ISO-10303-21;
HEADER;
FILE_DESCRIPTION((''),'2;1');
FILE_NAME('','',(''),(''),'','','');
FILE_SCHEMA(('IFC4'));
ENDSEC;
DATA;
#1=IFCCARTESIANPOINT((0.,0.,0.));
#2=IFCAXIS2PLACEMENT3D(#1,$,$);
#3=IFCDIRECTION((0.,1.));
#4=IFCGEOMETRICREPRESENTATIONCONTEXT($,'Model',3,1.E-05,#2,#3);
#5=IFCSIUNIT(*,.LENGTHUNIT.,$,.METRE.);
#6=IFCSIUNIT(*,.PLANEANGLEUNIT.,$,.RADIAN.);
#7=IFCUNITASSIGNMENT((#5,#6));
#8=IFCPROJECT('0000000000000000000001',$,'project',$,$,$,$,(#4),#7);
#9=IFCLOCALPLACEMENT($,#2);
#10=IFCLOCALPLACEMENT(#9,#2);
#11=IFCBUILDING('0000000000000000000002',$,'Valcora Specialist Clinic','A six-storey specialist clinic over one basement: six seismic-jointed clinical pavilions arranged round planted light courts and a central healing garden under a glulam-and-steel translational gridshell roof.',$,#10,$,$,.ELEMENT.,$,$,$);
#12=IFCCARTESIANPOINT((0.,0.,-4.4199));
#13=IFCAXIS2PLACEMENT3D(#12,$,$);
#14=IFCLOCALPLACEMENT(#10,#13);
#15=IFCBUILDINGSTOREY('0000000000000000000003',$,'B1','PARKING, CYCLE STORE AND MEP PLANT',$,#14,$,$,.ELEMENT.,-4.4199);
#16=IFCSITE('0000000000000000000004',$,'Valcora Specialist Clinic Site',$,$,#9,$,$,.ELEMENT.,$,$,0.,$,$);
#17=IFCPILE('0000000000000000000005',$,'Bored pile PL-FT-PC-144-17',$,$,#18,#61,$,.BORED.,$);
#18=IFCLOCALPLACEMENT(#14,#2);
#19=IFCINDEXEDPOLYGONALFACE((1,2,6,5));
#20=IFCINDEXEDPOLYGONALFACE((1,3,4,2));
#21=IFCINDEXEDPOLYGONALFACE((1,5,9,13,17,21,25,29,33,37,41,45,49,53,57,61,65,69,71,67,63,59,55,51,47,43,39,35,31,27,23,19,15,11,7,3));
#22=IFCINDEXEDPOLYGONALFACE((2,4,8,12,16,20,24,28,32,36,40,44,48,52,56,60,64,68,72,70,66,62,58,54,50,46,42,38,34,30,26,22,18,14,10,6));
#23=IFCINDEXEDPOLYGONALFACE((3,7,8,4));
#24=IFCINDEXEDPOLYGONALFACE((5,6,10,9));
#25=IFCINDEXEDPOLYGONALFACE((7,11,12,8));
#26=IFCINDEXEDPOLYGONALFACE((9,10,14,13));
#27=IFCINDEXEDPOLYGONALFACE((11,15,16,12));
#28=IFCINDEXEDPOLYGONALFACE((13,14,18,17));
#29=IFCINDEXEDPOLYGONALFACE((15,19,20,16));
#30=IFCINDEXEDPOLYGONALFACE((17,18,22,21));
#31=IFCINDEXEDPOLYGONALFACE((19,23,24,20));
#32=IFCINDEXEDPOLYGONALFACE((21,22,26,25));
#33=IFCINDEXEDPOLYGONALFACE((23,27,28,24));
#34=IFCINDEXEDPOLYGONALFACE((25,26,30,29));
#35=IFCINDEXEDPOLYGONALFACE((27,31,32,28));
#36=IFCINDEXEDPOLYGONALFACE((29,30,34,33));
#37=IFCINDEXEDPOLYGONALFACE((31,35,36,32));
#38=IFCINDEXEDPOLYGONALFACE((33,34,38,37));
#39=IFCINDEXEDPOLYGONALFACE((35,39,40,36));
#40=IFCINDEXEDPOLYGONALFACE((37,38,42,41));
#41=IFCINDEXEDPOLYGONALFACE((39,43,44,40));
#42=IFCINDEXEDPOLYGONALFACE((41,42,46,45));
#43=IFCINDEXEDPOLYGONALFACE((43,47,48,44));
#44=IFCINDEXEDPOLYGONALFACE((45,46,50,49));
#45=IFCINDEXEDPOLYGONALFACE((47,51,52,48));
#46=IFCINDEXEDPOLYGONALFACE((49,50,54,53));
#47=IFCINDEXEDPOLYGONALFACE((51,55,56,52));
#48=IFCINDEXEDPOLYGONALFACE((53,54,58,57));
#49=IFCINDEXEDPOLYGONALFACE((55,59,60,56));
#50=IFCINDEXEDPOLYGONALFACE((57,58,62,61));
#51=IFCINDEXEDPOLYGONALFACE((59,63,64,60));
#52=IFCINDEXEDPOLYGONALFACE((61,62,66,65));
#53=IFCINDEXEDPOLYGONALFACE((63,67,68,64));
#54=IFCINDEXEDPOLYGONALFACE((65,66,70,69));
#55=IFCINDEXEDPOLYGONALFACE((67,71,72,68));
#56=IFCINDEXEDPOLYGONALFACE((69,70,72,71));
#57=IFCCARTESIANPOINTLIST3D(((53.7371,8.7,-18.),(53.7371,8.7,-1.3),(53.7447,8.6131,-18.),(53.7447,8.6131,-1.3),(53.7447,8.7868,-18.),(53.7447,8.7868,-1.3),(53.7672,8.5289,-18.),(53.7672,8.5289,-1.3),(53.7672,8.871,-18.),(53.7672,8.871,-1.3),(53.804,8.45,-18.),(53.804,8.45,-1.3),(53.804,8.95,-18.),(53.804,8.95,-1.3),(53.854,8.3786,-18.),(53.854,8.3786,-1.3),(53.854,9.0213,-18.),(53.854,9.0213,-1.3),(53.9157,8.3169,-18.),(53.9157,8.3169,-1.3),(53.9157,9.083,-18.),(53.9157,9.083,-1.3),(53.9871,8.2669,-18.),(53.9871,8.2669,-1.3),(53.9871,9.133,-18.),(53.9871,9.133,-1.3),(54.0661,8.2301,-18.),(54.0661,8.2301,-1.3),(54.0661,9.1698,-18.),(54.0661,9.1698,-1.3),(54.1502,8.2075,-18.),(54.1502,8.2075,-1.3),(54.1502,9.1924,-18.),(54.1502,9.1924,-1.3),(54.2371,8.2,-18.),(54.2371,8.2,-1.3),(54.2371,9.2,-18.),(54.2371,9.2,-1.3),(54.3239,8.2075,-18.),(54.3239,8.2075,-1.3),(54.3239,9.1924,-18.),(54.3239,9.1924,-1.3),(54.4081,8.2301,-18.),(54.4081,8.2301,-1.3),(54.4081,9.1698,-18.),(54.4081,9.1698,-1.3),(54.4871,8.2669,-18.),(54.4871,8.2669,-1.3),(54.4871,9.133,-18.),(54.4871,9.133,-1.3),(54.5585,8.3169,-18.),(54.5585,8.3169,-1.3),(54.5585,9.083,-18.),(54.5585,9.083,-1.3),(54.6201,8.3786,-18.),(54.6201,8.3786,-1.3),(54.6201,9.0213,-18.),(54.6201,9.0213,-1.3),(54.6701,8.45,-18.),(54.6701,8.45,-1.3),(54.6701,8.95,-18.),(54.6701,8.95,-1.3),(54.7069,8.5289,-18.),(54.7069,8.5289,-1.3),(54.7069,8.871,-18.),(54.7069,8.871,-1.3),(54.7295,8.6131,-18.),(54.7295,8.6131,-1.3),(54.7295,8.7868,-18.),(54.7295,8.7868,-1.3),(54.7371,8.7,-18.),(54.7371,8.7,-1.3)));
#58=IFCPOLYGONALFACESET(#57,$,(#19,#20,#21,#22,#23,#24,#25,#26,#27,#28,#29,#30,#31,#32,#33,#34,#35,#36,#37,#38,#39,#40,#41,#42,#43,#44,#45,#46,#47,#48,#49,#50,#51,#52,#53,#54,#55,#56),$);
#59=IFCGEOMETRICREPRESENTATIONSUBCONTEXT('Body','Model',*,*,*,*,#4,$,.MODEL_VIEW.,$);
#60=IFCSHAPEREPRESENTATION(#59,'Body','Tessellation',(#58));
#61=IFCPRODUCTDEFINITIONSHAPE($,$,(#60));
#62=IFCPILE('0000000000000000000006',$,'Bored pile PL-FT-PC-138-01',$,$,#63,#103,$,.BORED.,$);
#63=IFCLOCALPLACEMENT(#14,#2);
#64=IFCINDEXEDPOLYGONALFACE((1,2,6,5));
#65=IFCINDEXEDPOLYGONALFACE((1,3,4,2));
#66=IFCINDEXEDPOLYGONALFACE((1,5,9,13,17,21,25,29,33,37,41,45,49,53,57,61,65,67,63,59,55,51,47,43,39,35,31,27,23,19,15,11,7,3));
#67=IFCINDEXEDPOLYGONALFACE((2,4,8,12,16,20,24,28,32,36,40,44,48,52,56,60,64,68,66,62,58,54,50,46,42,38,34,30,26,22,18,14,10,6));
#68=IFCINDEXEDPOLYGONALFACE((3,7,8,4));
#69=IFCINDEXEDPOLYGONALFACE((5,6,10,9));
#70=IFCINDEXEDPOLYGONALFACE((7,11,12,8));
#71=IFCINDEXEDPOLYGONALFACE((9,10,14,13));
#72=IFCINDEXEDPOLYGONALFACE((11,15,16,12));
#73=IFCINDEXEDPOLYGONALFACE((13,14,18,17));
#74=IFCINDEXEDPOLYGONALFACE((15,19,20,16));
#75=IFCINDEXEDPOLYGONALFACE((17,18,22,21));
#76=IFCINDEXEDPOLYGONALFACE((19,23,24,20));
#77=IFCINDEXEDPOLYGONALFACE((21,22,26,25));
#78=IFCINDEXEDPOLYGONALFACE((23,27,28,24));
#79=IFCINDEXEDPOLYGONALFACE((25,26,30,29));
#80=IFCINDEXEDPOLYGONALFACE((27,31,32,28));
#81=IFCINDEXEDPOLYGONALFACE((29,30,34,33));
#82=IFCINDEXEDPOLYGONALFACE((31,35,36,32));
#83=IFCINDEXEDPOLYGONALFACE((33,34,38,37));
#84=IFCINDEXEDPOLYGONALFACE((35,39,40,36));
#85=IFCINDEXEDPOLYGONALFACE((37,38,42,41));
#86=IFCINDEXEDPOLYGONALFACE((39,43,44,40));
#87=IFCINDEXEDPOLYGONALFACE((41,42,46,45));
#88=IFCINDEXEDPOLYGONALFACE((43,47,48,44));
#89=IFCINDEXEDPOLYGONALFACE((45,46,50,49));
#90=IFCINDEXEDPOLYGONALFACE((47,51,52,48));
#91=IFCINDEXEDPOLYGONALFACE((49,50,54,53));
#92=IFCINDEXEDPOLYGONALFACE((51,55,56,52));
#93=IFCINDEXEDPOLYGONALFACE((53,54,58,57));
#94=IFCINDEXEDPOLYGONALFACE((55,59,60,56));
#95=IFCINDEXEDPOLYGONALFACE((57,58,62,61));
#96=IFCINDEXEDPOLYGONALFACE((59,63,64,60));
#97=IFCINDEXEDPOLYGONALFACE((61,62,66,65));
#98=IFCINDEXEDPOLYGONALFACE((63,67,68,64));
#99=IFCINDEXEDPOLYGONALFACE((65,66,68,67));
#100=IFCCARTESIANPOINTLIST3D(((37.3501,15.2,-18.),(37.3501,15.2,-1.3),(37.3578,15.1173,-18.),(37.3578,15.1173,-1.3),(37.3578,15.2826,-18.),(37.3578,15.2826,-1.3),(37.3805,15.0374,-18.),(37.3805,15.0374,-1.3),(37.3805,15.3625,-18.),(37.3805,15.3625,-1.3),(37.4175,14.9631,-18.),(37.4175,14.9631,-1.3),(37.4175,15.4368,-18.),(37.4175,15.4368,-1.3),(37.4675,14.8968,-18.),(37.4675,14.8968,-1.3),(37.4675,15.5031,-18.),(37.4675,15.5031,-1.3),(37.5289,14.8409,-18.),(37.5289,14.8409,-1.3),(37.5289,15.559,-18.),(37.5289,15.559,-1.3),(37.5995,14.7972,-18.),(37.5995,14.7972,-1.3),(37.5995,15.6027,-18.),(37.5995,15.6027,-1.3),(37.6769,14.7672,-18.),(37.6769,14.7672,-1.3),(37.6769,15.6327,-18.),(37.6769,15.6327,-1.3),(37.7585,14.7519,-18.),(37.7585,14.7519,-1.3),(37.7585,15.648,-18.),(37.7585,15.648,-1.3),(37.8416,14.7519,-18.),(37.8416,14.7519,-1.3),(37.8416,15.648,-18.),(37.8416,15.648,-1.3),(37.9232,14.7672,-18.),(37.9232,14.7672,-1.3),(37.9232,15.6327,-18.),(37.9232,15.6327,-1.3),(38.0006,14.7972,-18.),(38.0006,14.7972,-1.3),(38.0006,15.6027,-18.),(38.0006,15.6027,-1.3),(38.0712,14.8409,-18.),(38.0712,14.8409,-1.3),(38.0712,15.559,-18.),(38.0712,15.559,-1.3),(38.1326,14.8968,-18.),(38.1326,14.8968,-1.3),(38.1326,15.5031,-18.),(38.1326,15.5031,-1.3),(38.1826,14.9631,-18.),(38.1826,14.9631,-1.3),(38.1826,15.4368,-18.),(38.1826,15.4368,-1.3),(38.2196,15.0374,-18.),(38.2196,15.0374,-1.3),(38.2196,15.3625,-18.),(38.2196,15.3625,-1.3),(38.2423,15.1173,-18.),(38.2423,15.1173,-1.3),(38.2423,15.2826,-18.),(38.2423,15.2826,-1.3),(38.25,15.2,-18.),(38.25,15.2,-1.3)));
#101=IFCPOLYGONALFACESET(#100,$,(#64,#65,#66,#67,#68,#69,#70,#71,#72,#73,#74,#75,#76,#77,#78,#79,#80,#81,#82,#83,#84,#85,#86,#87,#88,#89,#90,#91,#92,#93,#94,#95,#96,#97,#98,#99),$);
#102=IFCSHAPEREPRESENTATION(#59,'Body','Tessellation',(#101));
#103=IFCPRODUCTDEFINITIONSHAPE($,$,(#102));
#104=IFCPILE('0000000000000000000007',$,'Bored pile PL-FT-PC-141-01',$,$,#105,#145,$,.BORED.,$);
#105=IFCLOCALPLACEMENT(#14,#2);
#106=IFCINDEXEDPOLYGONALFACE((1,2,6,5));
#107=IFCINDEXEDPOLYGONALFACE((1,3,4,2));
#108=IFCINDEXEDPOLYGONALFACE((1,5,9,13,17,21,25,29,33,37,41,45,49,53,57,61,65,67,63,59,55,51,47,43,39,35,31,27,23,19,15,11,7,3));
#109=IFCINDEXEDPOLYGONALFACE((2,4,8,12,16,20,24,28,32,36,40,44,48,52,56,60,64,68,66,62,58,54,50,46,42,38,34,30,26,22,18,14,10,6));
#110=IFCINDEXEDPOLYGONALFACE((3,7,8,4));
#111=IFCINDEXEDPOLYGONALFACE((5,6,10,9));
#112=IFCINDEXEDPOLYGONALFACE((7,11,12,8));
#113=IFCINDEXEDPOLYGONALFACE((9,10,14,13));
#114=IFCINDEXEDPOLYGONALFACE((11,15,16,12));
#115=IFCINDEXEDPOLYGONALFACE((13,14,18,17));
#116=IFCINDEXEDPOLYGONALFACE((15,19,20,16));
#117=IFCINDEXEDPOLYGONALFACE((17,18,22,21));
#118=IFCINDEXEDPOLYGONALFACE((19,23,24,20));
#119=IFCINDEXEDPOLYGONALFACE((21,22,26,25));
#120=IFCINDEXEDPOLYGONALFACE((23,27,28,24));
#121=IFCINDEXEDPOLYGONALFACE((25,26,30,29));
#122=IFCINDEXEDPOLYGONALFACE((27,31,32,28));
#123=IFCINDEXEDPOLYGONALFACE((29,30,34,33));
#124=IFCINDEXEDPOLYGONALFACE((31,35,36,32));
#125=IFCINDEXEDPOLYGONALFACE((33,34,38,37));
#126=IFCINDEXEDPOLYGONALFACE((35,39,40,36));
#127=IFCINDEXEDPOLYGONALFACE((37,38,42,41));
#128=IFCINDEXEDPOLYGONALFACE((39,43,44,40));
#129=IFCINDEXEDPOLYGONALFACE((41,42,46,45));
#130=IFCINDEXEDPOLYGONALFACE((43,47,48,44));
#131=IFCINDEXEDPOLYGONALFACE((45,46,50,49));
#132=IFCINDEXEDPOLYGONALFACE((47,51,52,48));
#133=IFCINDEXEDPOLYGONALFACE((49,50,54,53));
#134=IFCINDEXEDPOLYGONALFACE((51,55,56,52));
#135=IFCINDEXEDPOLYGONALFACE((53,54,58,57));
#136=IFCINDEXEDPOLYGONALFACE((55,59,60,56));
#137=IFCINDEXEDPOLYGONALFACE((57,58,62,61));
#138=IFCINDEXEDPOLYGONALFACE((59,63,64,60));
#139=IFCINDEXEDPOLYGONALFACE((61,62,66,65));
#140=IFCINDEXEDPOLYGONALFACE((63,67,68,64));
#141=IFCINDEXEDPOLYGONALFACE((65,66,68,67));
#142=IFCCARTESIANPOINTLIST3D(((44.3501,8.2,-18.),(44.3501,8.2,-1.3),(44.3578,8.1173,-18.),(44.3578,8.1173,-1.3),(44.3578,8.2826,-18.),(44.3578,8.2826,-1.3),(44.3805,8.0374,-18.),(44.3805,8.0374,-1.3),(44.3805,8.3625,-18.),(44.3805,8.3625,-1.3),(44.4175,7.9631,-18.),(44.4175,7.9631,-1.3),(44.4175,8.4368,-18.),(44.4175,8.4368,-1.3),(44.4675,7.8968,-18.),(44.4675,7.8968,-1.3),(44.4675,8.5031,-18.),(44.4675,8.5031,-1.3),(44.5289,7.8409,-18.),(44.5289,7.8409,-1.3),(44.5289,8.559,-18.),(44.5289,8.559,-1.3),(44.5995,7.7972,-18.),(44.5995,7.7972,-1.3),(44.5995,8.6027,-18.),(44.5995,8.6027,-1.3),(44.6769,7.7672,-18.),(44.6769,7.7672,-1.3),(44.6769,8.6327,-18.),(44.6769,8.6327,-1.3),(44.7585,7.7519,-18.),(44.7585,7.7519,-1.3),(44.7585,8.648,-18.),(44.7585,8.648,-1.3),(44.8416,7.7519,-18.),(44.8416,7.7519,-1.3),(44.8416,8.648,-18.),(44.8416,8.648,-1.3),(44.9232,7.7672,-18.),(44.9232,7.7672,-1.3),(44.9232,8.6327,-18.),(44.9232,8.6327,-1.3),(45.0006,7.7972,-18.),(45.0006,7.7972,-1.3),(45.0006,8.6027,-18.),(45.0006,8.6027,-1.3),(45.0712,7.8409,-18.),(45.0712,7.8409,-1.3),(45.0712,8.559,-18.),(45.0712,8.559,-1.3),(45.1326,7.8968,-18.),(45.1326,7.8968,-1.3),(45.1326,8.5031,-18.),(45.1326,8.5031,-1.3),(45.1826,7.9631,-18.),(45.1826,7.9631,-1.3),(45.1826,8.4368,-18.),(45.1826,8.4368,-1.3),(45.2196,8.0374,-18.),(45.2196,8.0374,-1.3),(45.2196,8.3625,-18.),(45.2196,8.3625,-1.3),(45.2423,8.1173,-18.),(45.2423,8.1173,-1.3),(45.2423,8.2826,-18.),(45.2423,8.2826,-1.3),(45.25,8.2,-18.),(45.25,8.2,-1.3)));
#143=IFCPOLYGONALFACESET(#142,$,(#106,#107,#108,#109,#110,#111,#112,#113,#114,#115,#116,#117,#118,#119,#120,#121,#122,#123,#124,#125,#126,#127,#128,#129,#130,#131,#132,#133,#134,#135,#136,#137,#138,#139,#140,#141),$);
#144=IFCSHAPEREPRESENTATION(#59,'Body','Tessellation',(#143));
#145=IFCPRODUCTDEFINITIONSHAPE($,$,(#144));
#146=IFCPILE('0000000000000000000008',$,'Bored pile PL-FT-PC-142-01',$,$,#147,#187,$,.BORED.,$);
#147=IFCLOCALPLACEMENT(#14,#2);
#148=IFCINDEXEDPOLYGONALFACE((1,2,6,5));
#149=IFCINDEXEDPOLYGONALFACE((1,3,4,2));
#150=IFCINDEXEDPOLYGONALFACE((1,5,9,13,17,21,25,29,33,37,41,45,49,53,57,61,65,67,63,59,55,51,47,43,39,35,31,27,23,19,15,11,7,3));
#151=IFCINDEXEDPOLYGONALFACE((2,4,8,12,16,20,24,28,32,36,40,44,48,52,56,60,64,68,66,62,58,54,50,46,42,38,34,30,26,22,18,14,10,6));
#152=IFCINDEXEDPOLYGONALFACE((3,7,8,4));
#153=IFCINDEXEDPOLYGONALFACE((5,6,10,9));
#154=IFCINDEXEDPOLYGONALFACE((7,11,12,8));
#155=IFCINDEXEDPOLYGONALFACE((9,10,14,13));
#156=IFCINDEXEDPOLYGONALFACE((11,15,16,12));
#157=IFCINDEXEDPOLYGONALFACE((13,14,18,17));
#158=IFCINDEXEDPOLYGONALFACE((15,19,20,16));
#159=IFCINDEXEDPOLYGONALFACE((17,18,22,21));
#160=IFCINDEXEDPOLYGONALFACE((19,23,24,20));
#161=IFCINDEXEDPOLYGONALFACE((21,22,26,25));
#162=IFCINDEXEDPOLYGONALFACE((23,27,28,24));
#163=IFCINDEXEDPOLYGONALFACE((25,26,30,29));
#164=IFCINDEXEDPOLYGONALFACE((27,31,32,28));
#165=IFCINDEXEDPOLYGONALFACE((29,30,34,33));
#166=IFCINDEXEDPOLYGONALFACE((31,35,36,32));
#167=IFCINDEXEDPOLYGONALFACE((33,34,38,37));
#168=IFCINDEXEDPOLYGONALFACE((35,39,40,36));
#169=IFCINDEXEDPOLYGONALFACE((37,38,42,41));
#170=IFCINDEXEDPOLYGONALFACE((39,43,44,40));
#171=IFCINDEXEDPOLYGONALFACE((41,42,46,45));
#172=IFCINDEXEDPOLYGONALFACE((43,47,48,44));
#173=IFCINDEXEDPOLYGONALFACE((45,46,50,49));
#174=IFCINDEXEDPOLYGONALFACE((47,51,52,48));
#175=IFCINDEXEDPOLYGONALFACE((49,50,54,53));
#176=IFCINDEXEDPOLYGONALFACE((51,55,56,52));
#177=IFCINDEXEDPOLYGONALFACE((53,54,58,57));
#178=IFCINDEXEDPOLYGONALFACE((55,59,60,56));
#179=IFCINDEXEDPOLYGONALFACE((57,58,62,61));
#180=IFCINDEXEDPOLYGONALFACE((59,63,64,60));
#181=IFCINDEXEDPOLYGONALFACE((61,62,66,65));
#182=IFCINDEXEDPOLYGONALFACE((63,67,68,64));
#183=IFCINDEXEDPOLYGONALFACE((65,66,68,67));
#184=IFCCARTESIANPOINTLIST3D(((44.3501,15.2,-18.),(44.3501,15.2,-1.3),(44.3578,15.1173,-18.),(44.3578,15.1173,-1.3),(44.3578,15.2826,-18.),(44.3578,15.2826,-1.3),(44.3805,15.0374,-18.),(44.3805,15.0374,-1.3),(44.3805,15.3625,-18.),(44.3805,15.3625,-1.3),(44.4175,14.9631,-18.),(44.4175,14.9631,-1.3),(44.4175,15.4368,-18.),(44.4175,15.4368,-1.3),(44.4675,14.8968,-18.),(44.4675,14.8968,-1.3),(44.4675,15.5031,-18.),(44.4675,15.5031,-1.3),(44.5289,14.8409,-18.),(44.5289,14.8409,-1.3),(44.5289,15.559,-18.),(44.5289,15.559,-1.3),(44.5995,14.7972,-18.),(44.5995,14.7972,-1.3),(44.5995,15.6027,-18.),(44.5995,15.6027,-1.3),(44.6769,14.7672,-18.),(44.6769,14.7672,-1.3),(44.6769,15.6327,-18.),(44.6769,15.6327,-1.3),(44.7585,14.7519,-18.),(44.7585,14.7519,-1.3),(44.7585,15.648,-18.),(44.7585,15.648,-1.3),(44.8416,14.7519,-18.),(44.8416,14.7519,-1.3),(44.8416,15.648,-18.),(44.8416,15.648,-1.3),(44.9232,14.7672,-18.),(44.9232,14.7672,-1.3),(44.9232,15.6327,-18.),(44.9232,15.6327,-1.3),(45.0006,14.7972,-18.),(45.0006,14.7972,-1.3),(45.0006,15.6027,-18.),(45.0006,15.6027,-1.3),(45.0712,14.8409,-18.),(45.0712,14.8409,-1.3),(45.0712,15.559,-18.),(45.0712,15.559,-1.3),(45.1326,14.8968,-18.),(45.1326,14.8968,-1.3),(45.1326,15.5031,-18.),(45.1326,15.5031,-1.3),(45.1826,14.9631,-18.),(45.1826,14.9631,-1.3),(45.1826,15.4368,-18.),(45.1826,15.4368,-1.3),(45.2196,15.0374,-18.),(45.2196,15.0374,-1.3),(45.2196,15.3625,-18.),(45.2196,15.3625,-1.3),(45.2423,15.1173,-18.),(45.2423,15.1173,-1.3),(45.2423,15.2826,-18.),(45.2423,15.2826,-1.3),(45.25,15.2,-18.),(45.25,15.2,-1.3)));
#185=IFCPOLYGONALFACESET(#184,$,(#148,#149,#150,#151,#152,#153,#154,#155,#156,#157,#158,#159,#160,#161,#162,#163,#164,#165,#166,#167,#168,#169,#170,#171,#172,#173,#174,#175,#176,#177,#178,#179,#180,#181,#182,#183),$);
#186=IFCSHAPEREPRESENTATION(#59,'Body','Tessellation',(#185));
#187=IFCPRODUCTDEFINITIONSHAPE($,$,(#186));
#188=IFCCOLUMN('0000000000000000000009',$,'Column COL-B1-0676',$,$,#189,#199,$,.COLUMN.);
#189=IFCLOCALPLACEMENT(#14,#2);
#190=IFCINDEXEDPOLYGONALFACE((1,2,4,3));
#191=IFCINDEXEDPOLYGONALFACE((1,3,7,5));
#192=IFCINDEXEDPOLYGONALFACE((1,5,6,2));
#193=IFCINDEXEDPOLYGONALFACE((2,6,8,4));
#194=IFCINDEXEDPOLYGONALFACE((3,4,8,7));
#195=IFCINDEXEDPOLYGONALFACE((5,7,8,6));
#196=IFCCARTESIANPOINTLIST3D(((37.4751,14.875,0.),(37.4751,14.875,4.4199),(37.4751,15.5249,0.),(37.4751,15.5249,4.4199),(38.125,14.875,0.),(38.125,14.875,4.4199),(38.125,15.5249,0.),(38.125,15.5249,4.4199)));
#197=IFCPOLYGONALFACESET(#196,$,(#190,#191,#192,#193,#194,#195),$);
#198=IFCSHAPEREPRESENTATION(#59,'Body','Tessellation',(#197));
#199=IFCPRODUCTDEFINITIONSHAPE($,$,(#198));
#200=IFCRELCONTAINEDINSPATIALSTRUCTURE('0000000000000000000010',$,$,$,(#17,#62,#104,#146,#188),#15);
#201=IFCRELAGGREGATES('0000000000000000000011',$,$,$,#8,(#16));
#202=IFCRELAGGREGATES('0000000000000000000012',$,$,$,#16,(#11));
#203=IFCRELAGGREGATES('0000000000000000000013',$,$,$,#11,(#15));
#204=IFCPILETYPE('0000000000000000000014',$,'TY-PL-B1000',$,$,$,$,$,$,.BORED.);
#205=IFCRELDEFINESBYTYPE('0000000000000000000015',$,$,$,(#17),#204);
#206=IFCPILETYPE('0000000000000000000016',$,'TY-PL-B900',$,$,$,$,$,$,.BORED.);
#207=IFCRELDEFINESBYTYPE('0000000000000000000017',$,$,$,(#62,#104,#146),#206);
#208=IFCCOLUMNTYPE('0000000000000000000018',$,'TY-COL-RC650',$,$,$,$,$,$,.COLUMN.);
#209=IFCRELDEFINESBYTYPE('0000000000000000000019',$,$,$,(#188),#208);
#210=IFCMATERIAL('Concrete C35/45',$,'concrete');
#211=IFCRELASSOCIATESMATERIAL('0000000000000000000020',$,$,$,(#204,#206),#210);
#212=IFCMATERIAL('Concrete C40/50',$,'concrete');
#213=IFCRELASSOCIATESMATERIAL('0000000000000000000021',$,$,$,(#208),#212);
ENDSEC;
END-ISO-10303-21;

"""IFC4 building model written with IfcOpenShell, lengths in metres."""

from ifc_helpers import new_model, si_unit, direction, frame, origin, origin_2d, place, context, subcontext, project, spatial, rectangle, circle, extrude, material, material_profile, profile_set, type_object, element, save


model = new_model("IFC4")

# Units and contexts
model_context = context("Model", 3, precision=1e-05, world=origin(), true_north=direction((0.0, 1.0)))
body_context = subcontext(model_context, "Body", "Model", "MODEL_VIEW")
ifc_project = project(units=[si_unit("LENGTHUNIT", "METRE"), si_unit("PLANEANGLEUNIT", "RADIAN")], contexts=[model_context])

# Site, building, storey
site_placement = place(None, origin())
site = spatial("IfcSite", under=ifc_project, at=site_placement, Name="Valcora Specialist Clinic Site", CompositionType="ELEMENT", RefElevation=0.0)
building_placement = place(site_placement, origin())
building = spatial("IfcBuilding", under=site, at=building_placement, Name="Valcora Specialist Clinic", Description="A six-storey specialist clinic over one basement: six seismic-jointed clinical pavilions arranged round planted light courts and a central healing garden under a glulam-and-steel translational gridshell roof.", CompositionType="ELEMENT")
storey_placement = place(building_placement, frame((0.0, 0.0, -4.4199)))
storey = spatial("IfcBuildingStorey", under=building, at=storey_placement, Name="B1", Description="PARKING, CYCLE STORE AND MEP PLANT", CompositionType="ELEMENT", Elevation=-4.4199)

# Shared definitions
ifc_material_1 = material(Name="Concrete C35/45", Category="concrete")

# Piles
ifc_material_profile_1 = material_profile(ifc_material_1, circle(Radius=0.5, at=origin_2d()), Name="RC-PIL-D1000")
ifc_profile_set_1 = profile_set([ifc_material_profile_1], Name="Concrete C35/45")
pile_type_1 = type_object("IfcPileType", Name="TY-PL-B1000", PredefinedType="BORED", material=ifc_profile_set_1)
for number, where, z_axis, x_axis, name in (
    (1, (54.2371, 8.7, -1.3), (0.0, 0.0, -1.0), (1.0, 0.0, 0.0), "Bored pile PL-FT-PC-144-17"),
):
    element("IfcPile", number, at=place(storey_placement, frame(where, z_axis=z_axis, x_axis=x_axis)), inside=storey, type_object=pile_type_1, Name=name, PredefinedType="BORED", context=body_context, shape_type="SweptSolid", body=[
        extrude(circle(Radius=0.5, at=origin_2d()), origin(), (0.0, 0.0, 1.0), 16.7),
    ])
ifc_material_profile_2 = material_profile(ifc_material_1, circle(Radius=0.45, at=origin_2d()), Name="RC-PIL-D900")
ifc_profile_set_2 = profile_set([ifc_material_profile_2], Name="Concrete C35/45")
pile_type_2 = type_object("IfcPileType", Name="TY-PL-B900", PredefinedType="BORED", material=ifc_profile_set_2)
for number, where, z_axis, x_axis, name in (
    (2, (37.8, 15.2, -1.3), (0.0, 0.0, -1.0), (1.0, 0.0, 0.0), "Bored pile PL-FT-PC-138-01"),
    (3, (44.8, 8.2, -1.3), (0.0, 0.0, -1.0), (1.0, 0.0, 0.0), "Bored pile PL-FT-PC-141-01"),
    (4, (44.8, 15.2, -1.3), (0.0, 0.0, -1.0), (1.0, 0.0, 0.0), "Bored pile PL-FT-PC-142-01"),
):
    element("IfcPile", number, at=place(storey_placement, frame(where, z_axis=z_axis, x_axis=x_axis)), inside=storey, type_object=pile_type_2, Name=name, PredefinedType="BORED", context=body_context, shape_type="SweptSolid", body=[
        extrude(circle(Radius=0.45, at=origin_2d()), origin(), (0.0, 0.0, 1.0), 16.7),
    ])

# Column
ifc_material_2 = material(Name="Concrete C40/50", Category="concrete")
ifc_material_profile_3 = material_profile(ifc_material_2, rectangle(XDim=0.6499, YDim=0.6499, at=origin_2d()), Name="RC-COL-650X650")
ifc_profile_set_3 = profile_set([ifc_material_profile_3], Name="Concrete C40/50")
column_type = type_object("IfcColumnType", Name="TY-COL-RC650", PredefinedType="COLUMN", material=ifc_profile_set_3)
for number, where, z_axis, x_axis, name in (
    (5, (37.8, 15.2, 0.0), (0.0, 0.0, 1.0), (1.0, 0.0, 0.0), "Column COL-B1-0676"),
):
    element("IfcColumn", number, at=place(storey_placement, frame(where, z_axis=z_axis, x_axis=x_axis)), inside=storey, type_object=column_type, Name=name, PredefinedType="COLUMN", context=body_context, shape_type="SweptSolid", body=[
        extrude(rectangle(XDim=0.6499, YDim=0.6499, at=origin_2d()), origin(), (0.0, 0.0, 1.0), 4.4199),
    ])

save(model, "model.ifc")
